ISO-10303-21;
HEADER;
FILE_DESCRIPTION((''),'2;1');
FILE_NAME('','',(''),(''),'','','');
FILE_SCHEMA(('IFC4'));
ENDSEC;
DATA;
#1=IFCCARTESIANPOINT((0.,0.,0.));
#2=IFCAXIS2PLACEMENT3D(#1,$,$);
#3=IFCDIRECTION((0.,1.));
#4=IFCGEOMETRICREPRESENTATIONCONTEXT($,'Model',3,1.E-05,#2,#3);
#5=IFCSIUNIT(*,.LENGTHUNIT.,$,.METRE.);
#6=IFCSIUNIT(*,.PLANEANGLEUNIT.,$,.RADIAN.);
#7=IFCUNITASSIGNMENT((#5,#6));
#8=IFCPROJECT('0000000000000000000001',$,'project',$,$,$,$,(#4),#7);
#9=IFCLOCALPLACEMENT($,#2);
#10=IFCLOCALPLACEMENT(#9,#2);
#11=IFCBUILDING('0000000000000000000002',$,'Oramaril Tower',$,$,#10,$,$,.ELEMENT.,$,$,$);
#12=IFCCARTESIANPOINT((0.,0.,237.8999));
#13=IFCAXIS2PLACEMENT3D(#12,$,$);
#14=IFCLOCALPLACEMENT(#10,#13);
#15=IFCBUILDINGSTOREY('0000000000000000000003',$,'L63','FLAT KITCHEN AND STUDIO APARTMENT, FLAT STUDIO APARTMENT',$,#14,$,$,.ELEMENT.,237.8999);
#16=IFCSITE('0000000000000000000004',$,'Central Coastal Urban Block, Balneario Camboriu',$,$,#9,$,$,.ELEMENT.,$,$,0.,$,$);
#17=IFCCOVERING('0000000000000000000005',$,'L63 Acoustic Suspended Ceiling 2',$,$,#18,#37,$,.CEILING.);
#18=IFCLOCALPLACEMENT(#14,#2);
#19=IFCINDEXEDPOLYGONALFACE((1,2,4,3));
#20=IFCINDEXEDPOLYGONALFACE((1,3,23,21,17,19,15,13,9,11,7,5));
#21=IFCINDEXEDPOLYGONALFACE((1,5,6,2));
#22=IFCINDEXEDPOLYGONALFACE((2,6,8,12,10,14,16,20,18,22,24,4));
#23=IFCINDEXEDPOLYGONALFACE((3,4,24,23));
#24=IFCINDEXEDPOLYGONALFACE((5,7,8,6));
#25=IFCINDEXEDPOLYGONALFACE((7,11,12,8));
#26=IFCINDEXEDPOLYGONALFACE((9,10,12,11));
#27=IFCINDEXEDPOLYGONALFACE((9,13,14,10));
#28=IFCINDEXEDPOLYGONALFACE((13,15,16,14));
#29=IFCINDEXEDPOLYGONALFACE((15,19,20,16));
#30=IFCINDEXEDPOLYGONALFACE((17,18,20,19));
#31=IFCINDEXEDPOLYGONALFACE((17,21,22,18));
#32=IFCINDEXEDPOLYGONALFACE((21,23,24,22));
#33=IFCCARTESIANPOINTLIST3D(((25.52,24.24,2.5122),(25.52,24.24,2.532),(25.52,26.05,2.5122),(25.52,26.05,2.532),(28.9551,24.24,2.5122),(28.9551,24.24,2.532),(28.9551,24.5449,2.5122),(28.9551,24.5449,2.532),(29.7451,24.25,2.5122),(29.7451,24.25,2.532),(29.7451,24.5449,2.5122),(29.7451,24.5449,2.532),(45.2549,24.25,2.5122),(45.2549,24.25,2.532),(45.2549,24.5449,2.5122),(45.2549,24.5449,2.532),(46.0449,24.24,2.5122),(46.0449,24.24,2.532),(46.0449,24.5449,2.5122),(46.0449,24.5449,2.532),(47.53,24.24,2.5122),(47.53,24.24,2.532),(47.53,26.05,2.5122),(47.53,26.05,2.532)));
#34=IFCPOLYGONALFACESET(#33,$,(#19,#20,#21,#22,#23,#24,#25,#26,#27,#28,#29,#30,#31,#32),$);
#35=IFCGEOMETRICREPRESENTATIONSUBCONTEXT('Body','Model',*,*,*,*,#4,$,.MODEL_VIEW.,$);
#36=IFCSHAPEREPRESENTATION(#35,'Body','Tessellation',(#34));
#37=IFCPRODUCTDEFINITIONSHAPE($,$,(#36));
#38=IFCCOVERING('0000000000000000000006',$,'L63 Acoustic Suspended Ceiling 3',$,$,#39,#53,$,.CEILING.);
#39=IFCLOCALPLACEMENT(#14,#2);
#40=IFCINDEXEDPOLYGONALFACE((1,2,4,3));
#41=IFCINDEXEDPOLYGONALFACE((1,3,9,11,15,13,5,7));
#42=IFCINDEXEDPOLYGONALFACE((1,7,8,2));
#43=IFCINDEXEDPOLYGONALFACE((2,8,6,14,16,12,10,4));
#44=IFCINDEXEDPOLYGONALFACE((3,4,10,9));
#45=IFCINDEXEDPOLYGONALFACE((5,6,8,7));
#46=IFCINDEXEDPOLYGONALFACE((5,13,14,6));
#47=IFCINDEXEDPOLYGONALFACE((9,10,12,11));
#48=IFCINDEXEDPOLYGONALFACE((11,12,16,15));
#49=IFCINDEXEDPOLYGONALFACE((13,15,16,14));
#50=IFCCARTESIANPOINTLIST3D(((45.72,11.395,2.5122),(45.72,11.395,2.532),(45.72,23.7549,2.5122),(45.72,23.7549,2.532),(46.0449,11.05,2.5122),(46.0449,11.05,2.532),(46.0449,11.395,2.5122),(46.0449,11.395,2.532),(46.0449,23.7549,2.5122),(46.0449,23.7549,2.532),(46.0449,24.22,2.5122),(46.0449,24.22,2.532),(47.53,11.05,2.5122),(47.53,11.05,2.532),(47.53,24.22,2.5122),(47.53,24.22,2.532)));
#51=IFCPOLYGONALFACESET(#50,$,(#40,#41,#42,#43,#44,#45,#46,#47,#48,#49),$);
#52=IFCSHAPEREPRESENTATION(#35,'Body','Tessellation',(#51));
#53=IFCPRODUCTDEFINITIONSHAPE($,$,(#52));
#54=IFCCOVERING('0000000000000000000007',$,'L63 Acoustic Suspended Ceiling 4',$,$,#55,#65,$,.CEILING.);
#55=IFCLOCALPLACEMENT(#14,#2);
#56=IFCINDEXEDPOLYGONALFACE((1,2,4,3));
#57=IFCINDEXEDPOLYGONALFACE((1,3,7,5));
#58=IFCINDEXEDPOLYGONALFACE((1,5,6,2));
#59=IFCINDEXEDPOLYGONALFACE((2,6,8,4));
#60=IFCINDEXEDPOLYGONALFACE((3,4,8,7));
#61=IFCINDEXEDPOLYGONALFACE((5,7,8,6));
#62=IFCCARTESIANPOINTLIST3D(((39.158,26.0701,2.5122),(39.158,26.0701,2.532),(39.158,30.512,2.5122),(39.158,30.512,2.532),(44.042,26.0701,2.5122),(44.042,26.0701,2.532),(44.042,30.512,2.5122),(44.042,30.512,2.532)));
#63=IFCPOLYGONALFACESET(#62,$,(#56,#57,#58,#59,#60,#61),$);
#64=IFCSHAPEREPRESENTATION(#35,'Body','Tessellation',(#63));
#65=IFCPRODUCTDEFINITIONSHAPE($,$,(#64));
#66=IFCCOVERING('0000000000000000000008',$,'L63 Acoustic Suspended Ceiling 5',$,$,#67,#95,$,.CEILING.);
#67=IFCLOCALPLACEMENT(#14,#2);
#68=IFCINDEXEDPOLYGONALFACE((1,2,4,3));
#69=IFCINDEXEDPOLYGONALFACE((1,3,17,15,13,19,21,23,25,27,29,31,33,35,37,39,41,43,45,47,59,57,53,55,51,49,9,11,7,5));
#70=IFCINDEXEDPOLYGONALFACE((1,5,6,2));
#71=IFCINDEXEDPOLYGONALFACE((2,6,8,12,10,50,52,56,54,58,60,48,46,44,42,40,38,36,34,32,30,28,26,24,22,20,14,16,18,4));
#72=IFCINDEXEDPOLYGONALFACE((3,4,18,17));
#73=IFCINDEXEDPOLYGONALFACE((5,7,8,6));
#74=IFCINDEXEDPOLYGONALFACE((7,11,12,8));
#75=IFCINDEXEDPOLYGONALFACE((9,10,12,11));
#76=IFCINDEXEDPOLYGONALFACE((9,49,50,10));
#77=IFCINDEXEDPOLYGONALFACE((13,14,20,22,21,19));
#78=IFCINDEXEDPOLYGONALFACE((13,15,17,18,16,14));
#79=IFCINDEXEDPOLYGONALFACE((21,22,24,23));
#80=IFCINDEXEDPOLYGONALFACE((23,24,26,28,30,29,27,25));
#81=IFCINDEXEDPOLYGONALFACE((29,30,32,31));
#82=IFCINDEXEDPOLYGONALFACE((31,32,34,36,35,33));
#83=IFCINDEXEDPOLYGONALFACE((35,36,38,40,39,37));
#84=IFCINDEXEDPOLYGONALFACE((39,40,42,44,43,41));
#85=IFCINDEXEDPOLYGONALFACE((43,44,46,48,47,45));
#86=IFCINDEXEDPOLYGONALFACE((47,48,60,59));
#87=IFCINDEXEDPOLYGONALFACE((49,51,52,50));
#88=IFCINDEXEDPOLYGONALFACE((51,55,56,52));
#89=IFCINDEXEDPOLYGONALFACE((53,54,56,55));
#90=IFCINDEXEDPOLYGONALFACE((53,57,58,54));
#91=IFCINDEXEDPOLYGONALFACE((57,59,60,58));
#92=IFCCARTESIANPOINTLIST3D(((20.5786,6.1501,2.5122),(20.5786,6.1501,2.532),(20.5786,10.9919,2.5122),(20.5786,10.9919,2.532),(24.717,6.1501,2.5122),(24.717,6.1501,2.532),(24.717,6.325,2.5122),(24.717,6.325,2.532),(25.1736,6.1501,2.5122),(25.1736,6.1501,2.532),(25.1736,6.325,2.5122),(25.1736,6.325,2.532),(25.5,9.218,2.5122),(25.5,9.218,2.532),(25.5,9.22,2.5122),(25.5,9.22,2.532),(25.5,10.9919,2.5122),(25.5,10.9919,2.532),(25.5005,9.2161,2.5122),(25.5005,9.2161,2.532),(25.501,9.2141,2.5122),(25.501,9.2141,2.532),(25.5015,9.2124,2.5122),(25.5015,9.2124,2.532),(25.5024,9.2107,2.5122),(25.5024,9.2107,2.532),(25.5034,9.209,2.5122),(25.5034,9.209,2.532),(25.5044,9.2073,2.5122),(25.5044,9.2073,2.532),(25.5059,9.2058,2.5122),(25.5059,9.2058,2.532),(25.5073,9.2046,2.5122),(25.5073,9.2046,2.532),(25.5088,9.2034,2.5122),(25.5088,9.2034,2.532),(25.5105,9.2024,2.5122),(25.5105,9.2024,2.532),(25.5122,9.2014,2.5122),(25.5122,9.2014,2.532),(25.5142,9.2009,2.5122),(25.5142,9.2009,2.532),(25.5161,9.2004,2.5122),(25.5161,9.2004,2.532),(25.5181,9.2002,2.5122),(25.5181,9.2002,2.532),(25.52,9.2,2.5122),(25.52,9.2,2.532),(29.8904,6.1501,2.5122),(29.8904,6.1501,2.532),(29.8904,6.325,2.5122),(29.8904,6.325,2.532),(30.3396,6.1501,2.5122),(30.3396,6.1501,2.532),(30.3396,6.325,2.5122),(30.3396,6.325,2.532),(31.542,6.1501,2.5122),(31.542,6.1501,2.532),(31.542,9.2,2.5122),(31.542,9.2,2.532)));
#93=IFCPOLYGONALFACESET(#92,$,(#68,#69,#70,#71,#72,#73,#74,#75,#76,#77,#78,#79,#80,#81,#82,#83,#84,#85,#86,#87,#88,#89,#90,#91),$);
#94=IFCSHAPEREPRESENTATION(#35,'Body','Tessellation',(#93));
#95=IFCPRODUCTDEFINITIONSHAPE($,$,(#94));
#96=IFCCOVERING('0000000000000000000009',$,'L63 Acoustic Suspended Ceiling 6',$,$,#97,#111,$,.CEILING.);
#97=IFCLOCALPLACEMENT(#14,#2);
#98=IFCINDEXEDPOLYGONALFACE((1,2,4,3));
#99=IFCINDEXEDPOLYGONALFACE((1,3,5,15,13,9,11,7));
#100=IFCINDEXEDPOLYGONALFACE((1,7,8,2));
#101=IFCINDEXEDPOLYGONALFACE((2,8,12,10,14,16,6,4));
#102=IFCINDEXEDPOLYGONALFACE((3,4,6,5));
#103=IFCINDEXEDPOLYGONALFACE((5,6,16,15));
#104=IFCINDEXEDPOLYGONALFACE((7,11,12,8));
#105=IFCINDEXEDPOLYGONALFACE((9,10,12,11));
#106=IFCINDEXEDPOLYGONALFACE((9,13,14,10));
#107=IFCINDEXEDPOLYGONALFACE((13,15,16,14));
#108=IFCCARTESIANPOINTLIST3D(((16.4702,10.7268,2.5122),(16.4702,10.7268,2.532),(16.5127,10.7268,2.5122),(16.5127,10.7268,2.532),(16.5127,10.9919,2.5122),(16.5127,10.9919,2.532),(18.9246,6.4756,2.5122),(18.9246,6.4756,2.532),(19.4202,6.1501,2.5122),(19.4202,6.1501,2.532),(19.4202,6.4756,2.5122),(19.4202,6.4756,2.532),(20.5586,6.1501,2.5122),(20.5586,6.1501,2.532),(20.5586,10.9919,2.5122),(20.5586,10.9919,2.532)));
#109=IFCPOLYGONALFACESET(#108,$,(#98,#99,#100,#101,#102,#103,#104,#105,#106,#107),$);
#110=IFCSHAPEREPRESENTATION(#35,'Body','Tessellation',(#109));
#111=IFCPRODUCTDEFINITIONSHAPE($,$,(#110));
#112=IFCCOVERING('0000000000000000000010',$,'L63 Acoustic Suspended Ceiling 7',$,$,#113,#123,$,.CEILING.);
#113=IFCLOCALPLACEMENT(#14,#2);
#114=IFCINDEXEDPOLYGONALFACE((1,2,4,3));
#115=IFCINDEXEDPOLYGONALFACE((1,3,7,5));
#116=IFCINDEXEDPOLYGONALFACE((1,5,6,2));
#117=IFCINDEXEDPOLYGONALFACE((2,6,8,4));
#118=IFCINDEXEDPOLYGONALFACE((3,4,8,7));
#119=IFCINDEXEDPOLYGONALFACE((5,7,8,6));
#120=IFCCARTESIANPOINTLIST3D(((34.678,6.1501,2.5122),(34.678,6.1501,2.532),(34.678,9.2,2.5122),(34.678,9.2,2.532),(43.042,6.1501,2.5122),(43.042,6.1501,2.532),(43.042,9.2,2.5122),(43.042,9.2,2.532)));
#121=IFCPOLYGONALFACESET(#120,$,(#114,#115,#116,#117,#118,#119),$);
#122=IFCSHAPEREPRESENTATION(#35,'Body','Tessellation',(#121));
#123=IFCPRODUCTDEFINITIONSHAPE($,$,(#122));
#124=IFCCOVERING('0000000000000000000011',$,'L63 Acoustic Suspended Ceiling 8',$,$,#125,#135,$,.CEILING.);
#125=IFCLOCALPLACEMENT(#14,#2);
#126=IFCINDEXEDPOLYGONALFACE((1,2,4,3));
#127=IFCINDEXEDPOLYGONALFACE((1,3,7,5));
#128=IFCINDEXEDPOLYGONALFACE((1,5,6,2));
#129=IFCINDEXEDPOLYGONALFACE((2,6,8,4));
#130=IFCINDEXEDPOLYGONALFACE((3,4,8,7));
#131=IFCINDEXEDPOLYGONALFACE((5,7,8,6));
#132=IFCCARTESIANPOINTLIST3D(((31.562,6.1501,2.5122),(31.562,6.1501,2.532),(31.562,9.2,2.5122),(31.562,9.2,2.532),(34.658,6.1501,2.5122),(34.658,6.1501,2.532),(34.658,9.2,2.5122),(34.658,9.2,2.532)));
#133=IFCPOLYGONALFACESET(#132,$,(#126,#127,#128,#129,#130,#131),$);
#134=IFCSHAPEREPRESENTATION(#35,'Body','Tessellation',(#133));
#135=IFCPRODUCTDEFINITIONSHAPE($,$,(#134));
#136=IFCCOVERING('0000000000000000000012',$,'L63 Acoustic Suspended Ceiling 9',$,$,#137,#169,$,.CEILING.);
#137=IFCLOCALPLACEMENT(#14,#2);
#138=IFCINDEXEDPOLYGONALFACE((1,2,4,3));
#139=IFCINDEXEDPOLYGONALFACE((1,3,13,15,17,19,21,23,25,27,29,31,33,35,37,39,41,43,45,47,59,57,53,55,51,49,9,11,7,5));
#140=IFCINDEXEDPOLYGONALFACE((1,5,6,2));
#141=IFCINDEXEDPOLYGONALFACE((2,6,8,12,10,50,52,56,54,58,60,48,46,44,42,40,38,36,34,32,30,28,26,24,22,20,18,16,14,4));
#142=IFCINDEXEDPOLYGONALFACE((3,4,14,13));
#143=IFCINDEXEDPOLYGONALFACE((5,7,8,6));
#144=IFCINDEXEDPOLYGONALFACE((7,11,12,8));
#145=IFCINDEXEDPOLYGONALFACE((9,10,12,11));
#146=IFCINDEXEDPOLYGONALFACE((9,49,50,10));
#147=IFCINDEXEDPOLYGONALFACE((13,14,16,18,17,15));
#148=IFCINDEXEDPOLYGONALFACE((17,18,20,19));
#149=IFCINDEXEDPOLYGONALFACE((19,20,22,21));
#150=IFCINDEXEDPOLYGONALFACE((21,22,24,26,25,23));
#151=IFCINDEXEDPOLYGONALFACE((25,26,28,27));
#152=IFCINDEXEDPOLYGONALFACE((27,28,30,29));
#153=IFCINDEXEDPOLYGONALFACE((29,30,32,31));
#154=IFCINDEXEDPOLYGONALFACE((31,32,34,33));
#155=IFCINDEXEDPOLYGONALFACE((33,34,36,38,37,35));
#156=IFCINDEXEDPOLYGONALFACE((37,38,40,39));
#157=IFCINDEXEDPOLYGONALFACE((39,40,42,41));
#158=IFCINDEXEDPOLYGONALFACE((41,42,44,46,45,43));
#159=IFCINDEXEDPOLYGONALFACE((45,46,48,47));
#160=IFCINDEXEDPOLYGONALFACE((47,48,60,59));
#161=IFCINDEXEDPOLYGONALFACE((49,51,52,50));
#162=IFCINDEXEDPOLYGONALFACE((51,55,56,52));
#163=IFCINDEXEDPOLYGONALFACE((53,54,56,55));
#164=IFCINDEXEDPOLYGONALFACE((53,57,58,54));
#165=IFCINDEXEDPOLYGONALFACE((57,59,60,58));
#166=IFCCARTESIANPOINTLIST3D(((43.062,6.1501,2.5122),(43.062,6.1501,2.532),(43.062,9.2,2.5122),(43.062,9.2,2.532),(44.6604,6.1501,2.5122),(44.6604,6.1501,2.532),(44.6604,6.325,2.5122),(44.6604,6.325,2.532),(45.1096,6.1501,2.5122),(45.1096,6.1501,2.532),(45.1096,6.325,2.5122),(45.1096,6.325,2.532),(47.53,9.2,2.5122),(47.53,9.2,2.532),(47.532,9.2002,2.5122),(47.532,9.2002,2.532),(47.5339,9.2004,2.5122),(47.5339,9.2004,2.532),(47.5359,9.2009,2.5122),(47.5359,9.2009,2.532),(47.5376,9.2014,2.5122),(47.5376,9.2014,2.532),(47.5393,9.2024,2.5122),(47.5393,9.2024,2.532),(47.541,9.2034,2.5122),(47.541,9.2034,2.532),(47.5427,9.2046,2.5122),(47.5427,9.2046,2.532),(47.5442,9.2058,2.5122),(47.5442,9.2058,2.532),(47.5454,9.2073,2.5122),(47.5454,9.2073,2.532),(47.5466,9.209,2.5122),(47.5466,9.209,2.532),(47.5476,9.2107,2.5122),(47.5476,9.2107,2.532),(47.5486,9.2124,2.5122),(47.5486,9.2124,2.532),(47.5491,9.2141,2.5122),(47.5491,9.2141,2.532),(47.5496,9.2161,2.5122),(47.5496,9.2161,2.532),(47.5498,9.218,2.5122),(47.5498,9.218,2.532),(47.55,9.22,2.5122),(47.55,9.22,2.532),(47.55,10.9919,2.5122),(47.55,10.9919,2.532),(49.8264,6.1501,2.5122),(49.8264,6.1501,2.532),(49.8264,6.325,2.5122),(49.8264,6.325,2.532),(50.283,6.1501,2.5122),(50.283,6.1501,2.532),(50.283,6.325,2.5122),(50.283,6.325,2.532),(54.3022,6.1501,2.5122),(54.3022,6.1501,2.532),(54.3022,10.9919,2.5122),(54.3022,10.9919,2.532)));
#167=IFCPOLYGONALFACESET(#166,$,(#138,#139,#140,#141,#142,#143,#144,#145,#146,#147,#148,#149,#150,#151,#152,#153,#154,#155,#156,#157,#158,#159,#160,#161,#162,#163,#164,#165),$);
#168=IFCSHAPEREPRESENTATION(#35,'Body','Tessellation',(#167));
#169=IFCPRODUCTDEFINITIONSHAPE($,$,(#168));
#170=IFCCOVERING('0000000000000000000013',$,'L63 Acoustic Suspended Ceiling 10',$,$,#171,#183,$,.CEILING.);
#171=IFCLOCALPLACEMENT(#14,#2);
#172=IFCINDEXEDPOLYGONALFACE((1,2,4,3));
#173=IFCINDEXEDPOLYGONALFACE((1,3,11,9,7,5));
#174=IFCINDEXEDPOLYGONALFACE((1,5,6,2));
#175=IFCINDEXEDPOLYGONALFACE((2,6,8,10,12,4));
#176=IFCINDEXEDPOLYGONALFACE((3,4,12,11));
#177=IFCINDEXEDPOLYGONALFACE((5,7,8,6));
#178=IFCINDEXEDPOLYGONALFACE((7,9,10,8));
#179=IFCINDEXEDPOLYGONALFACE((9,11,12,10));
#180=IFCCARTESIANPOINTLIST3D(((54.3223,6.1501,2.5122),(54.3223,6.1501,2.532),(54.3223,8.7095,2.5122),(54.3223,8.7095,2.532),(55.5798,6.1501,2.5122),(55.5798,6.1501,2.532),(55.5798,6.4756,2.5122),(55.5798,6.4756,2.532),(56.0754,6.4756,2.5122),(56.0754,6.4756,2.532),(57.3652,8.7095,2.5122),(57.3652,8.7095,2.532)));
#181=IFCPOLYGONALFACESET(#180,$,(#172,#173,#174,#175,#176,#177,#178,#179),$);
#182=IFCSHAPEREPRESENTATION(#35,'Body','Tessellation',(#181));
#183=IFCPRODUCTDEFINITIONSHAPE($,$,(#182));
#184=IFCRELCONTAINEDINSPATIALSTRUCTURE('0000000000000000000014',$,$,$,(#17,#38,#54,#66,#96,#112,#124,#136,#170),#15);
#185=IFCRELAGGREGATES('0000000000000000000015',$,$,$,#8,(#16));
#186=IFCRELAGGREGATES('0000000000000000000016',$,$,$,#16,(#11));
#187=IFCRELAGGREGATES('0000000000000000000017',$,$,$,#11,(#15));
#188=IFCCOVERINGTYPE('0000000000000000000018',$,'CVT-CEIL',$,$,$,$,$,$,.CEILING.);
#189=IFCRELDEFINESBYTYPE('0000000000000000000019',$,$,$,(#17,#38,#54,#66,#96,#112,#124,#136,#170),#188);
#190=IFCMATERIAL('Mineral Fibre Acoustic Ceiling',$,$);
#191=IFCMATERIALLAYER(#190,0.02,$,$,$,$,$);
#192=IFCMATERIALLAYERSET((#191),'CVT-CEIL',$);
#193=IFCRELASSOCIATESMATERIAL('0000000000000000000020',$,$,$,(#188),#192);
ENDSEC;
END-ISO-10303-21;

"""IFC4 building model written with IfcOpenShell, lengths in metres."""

from ifc_helpers import new_model, si_unit, direction, frame, origin, place, context, subcontext, project, spatial, polyline, outline, extrude, material, layer, layer_set, type_object, element, save


model = new_model("IFC4")

# Units and contexts
model_context = context("Model", 3, precision=1e-05, world=origin(), true_north=direction((0.0, 1.0)))
body_context = subcontext(model_context, "Body", "Model", "MODEL_VIEW")
ifc_project = project(units=[si_unit("LENGTHUNIT", "METRE"), si_unit("PLANEANGLEUNIT", "RADIAN")], contexts=[model_context])

# Site, building, storey
site_placement = place(None, origin())
site = spatial("IfcSite", under=ifc_project, at=site_placement, Name="Central Coastal Urban Block, Balneario Camboriu", CompositionType="ELEMENT", RefElevation=0.0)
building_placement = place(site_placement, origin())
building = spatial("IfcBuilding", under=site, at=building_placement, Name="Oramaril Tower", CompositionType="ELEMENT")
storey_placement = place(building_placement, frame((0.0, 0.0, 237.8999)))
storey = spatial("IfcBuildingStorey", under=building, at=storey_placement, Name="L63", Description="FLAT KITCHEN AND STUDIO APARTMENT, FLAT STUDIO APARTMENT", CompositionType="ELEMENT", Elevation=237.8999)

# Coverings
ifc_material_1 = material(Name="Mineral Fibre Acoustic Ceiling")
ifc_layer_1 = layer(ifc_material_1, 0.02)
ifc_layer_set_1 = layer_set([ifc_layer_1], Name="CVT-CEIL")
covering_type_1 = type_object("IfcCoveringType", Name="CVT-CEIL", PredefinedType="CEILING", material=ifc_layer_set_1)
covering_1_placement = place(storey_placement, frame((0.0, 0.0, 2.5122)))
element("IfcCovering", 1, at=covering_1_placement, inside=storey, type_object=covering_type_1, Name="L63 Acoustic Suspended Ceiling 2", PredefinedType="CEILING", context=body_context, shape_type="SweptSolid", body=[
    extrude(outline(polyline([(47.53, 24.24), (46.0449, 24.24), (46.0449, 24.5449), (45.2549, 24.5449), (45.2549, 24.25), (29.7451, 24.25), (29.7451, 24.5449), (28.9551, 24.5449), (28.9551, 24.24), (25.52, 24.24), (25.52, 26.05), (47.53, 26.05), (47.53, 24.24)])), origin(), (0.0, 0.0, 1.0), 0.0198),
])
covering_2_placement = place(storey_placement, frame((0.0, 0.0, 2.5122)))
element("IfcCovering", 2, at=covering_2_placement, inside=storey, type_object=covering_type_1, Name="L63 Acoustic Suspended Ceiling 3", PredefinedType="CEILING", context=body_context, shape_type="SweptSolid", body=[
    extrude(outline(polyline([(47.53, 11.05), (46.0449, 11.05), (46.0449, 11.395), (45.72, 11.395), (45.72, 23.7549), (46.0449, 23.7549), (46.0449, 24.22), (47.53, 24.22), (47.53, 11.05)])), origin(), (0.0, 0.0, 1.0), 0.0198),
])
covering_3_placement = place(storey_placement, frame((0.0, 0.0, 2.5122)))
element("IfcCovering", 3, at=covering_3_placement, inside=storey, type_object=covering_type_1, Name="L63 Acoustic Suspended Ceiling 4", PredefinedType="CEILING", context=body_context, shape_type="SweptSolid", body=[
    extrude(outline(polyline([(44.042, 30.512), (44.042, 26.0701), (39.158, 26.0701), (39.158, 30.512), (44.042, 30.512)])), origin(), (0.0, 0.0, 1.0), 0.0198),
])
covering_4_placement = place(storey_placement, frame((0.0, 0.0, 2.5122)))
element("IfcCovering", 4, at=covering_4_placement, inside=storey, type_object=covering_type_1, Name="L63 Acoustic Suspended Ceiling 5", PredefinedType="CEILING", context=body_context, shape_type="SweptSolid", body=[
    extrude(outline(polyline([(31.542, 6.1501), (30.3396, 6.1501), (30.3396, 6.325), (29.8904, 6.325), (29.8904, 6.1501), (25.1736, 6.1501), (25.1736, 6.325), (24.717, 6.325), (24.717, 6.1501), (20.5786, 6.1501), (20.5786, 10.9919), (25.5, 10.9919), (25.5, 9.22), (25.5, 9.218), (25.5005, 9.2161), (25.501, 9.2141), (25.5015, 9.2124), (25.5024, 9.2107), (25.5034, 9.209), (25.5044, 9.2073), (25.5059, 9.2058), (25.5073, 9.2046), (25.5088, 9.2034), (25.5105, 9.2024), (25.5122, 9.2014), (25.5142, 9.2009), (25.5161, 9.2004), (25.5181, 9.2002), (25.52, 9.2), (31.542, 9.2), (31.542, 6.1501)])), origin(), (0.0, 0.0, 1.0), 0.0198),
])
covering_5_placement = place(storey_placement, frame((0.0, 0.0, 2.5122)))
element("IfcCovering", 5, at=covering_5_placement, inside=storey, type_object=covering_type_1, Name="L63 Acoustic Suspended Ceiling 6", PredefinedType="CEILING", context=body_context, shape_type="SweptSolid", body=[
    extrude(outline(polyline([(19.4202, 6.1501), (19.4202, 6.4756), (18.9246, 6.4756), (16.4702, 10.7268), (16.5127, 10.7268), (16.5127, 10.9919), (20.5586, 10.9919), (20.5586, 6.1501), (19.4202, 6.1501)])), origin(), (0.0, 0.0, 1.0), 0.0198),
])
covering_6_placement = place(storey_placement, frame((0.0, 0.0, 2.5122)))
element("IfcCovering", 6, at=covering_6_placement, inside=storey, type_object=covering_type_1, Name="L63 Acoustic Suspended Ceiling 7", PredefinedType="CEILING", context=body_context, shape_type="SweptSolid", body=[
    extrude(outline(polyline([(34.678, 6.1501), (34.678, 9.2), (43.042, 9.2), (43.042, 6.1501), (34.678, 6.1501)])), origin(), (0.0, 0.0, 1.0), 0.0198),
])
covering_7_placement = place(storey_placement, frame((0.0, 0.0, 2.5122)))
element("IfcCovering", 7, at=covering_7_placement, inside=storey, type_object=covering_type_1, Name="L63 Acoustic Suspended Ceiling 8", PredefinedType="CEILING", context=body_context, shape_type="SweptSolid", body=[
    extrude(outline(polyline([(31.562, 6.1501), (31.562, 9.2), (34.658, 9.2), (34.658, 6.1501), (31.562, 6.1501)])), origin(), (0.0, 0.0, 1.0), 0.0198),
])
covering_8_placement = place(storey_placement, frame((0.0, 0.0, 2.5122)))
element("IfcCovering", 8, at=covering_8_placement, inside=storey, type_object=covering_type_1, Name="L63 Acoustic Suspended Ceiling 9", PredefinedType="CEILING", context=body_context, shape_type="SweptSolid", body=[
    extrude(outline(polyline([(54.3022, 10.9919), (54.3022, 6.1501), (50.283, 6.1501), (50.283, 6.325), (49.8264, 6.325), (49.8264, 6.1501), (45.1096, 6.1501), (45.1096, 6.325), (44.6604, 6.325), (44.6604, 6.1501), (43.062, 6.1501), (43.062, 9.2), (47.53, 9.2), (47.532, 9.2002), (47.5339, 9.2004), (47.5359, 9.2009), (47.5376, 9.2014), (47.5393, 9.2024), (47.541, 9.2034), (47.5427, 9.2046), (47.5442, 9.2058), (47.5454, 9.2073), (47.5466, 9.209), (47.5476, 9.2107), (47.5486, 9.2124), (47.5491, 9.2141), (47.5496, 9.2161), (47.5498, 9.218), (47.55, 9.22), (47.55, 10.9919), (54.3022, 10.9919)])), origin(), (0.0, 0.0, 1.0), 0.0198),
])
covering_9_placement = place(storey_placement, frame((0.0, 0.0, 2.5122)))
element("IfcCovering", 9, at=covering_9_placement, inside=storey, type_object=covering_type_1, Name="L63 Acoustic Suspended Ceiling 10", PredefinedType="CEILING", context=body_context, shape_type="SweptSolid", body=[
    extrude(outline(polyline([(56.0754, 6.4756), (55.5798, 6.4756), (55.5798, 6.1501), (54.3223, 6.1501), (54.3223, 8.7095), (57.3652, 8.7095), (56.0754, 6.4756)])), origin(), (0.0, 0.0, 1.0), 0.0198),
])

save(model, "model.ifc")
